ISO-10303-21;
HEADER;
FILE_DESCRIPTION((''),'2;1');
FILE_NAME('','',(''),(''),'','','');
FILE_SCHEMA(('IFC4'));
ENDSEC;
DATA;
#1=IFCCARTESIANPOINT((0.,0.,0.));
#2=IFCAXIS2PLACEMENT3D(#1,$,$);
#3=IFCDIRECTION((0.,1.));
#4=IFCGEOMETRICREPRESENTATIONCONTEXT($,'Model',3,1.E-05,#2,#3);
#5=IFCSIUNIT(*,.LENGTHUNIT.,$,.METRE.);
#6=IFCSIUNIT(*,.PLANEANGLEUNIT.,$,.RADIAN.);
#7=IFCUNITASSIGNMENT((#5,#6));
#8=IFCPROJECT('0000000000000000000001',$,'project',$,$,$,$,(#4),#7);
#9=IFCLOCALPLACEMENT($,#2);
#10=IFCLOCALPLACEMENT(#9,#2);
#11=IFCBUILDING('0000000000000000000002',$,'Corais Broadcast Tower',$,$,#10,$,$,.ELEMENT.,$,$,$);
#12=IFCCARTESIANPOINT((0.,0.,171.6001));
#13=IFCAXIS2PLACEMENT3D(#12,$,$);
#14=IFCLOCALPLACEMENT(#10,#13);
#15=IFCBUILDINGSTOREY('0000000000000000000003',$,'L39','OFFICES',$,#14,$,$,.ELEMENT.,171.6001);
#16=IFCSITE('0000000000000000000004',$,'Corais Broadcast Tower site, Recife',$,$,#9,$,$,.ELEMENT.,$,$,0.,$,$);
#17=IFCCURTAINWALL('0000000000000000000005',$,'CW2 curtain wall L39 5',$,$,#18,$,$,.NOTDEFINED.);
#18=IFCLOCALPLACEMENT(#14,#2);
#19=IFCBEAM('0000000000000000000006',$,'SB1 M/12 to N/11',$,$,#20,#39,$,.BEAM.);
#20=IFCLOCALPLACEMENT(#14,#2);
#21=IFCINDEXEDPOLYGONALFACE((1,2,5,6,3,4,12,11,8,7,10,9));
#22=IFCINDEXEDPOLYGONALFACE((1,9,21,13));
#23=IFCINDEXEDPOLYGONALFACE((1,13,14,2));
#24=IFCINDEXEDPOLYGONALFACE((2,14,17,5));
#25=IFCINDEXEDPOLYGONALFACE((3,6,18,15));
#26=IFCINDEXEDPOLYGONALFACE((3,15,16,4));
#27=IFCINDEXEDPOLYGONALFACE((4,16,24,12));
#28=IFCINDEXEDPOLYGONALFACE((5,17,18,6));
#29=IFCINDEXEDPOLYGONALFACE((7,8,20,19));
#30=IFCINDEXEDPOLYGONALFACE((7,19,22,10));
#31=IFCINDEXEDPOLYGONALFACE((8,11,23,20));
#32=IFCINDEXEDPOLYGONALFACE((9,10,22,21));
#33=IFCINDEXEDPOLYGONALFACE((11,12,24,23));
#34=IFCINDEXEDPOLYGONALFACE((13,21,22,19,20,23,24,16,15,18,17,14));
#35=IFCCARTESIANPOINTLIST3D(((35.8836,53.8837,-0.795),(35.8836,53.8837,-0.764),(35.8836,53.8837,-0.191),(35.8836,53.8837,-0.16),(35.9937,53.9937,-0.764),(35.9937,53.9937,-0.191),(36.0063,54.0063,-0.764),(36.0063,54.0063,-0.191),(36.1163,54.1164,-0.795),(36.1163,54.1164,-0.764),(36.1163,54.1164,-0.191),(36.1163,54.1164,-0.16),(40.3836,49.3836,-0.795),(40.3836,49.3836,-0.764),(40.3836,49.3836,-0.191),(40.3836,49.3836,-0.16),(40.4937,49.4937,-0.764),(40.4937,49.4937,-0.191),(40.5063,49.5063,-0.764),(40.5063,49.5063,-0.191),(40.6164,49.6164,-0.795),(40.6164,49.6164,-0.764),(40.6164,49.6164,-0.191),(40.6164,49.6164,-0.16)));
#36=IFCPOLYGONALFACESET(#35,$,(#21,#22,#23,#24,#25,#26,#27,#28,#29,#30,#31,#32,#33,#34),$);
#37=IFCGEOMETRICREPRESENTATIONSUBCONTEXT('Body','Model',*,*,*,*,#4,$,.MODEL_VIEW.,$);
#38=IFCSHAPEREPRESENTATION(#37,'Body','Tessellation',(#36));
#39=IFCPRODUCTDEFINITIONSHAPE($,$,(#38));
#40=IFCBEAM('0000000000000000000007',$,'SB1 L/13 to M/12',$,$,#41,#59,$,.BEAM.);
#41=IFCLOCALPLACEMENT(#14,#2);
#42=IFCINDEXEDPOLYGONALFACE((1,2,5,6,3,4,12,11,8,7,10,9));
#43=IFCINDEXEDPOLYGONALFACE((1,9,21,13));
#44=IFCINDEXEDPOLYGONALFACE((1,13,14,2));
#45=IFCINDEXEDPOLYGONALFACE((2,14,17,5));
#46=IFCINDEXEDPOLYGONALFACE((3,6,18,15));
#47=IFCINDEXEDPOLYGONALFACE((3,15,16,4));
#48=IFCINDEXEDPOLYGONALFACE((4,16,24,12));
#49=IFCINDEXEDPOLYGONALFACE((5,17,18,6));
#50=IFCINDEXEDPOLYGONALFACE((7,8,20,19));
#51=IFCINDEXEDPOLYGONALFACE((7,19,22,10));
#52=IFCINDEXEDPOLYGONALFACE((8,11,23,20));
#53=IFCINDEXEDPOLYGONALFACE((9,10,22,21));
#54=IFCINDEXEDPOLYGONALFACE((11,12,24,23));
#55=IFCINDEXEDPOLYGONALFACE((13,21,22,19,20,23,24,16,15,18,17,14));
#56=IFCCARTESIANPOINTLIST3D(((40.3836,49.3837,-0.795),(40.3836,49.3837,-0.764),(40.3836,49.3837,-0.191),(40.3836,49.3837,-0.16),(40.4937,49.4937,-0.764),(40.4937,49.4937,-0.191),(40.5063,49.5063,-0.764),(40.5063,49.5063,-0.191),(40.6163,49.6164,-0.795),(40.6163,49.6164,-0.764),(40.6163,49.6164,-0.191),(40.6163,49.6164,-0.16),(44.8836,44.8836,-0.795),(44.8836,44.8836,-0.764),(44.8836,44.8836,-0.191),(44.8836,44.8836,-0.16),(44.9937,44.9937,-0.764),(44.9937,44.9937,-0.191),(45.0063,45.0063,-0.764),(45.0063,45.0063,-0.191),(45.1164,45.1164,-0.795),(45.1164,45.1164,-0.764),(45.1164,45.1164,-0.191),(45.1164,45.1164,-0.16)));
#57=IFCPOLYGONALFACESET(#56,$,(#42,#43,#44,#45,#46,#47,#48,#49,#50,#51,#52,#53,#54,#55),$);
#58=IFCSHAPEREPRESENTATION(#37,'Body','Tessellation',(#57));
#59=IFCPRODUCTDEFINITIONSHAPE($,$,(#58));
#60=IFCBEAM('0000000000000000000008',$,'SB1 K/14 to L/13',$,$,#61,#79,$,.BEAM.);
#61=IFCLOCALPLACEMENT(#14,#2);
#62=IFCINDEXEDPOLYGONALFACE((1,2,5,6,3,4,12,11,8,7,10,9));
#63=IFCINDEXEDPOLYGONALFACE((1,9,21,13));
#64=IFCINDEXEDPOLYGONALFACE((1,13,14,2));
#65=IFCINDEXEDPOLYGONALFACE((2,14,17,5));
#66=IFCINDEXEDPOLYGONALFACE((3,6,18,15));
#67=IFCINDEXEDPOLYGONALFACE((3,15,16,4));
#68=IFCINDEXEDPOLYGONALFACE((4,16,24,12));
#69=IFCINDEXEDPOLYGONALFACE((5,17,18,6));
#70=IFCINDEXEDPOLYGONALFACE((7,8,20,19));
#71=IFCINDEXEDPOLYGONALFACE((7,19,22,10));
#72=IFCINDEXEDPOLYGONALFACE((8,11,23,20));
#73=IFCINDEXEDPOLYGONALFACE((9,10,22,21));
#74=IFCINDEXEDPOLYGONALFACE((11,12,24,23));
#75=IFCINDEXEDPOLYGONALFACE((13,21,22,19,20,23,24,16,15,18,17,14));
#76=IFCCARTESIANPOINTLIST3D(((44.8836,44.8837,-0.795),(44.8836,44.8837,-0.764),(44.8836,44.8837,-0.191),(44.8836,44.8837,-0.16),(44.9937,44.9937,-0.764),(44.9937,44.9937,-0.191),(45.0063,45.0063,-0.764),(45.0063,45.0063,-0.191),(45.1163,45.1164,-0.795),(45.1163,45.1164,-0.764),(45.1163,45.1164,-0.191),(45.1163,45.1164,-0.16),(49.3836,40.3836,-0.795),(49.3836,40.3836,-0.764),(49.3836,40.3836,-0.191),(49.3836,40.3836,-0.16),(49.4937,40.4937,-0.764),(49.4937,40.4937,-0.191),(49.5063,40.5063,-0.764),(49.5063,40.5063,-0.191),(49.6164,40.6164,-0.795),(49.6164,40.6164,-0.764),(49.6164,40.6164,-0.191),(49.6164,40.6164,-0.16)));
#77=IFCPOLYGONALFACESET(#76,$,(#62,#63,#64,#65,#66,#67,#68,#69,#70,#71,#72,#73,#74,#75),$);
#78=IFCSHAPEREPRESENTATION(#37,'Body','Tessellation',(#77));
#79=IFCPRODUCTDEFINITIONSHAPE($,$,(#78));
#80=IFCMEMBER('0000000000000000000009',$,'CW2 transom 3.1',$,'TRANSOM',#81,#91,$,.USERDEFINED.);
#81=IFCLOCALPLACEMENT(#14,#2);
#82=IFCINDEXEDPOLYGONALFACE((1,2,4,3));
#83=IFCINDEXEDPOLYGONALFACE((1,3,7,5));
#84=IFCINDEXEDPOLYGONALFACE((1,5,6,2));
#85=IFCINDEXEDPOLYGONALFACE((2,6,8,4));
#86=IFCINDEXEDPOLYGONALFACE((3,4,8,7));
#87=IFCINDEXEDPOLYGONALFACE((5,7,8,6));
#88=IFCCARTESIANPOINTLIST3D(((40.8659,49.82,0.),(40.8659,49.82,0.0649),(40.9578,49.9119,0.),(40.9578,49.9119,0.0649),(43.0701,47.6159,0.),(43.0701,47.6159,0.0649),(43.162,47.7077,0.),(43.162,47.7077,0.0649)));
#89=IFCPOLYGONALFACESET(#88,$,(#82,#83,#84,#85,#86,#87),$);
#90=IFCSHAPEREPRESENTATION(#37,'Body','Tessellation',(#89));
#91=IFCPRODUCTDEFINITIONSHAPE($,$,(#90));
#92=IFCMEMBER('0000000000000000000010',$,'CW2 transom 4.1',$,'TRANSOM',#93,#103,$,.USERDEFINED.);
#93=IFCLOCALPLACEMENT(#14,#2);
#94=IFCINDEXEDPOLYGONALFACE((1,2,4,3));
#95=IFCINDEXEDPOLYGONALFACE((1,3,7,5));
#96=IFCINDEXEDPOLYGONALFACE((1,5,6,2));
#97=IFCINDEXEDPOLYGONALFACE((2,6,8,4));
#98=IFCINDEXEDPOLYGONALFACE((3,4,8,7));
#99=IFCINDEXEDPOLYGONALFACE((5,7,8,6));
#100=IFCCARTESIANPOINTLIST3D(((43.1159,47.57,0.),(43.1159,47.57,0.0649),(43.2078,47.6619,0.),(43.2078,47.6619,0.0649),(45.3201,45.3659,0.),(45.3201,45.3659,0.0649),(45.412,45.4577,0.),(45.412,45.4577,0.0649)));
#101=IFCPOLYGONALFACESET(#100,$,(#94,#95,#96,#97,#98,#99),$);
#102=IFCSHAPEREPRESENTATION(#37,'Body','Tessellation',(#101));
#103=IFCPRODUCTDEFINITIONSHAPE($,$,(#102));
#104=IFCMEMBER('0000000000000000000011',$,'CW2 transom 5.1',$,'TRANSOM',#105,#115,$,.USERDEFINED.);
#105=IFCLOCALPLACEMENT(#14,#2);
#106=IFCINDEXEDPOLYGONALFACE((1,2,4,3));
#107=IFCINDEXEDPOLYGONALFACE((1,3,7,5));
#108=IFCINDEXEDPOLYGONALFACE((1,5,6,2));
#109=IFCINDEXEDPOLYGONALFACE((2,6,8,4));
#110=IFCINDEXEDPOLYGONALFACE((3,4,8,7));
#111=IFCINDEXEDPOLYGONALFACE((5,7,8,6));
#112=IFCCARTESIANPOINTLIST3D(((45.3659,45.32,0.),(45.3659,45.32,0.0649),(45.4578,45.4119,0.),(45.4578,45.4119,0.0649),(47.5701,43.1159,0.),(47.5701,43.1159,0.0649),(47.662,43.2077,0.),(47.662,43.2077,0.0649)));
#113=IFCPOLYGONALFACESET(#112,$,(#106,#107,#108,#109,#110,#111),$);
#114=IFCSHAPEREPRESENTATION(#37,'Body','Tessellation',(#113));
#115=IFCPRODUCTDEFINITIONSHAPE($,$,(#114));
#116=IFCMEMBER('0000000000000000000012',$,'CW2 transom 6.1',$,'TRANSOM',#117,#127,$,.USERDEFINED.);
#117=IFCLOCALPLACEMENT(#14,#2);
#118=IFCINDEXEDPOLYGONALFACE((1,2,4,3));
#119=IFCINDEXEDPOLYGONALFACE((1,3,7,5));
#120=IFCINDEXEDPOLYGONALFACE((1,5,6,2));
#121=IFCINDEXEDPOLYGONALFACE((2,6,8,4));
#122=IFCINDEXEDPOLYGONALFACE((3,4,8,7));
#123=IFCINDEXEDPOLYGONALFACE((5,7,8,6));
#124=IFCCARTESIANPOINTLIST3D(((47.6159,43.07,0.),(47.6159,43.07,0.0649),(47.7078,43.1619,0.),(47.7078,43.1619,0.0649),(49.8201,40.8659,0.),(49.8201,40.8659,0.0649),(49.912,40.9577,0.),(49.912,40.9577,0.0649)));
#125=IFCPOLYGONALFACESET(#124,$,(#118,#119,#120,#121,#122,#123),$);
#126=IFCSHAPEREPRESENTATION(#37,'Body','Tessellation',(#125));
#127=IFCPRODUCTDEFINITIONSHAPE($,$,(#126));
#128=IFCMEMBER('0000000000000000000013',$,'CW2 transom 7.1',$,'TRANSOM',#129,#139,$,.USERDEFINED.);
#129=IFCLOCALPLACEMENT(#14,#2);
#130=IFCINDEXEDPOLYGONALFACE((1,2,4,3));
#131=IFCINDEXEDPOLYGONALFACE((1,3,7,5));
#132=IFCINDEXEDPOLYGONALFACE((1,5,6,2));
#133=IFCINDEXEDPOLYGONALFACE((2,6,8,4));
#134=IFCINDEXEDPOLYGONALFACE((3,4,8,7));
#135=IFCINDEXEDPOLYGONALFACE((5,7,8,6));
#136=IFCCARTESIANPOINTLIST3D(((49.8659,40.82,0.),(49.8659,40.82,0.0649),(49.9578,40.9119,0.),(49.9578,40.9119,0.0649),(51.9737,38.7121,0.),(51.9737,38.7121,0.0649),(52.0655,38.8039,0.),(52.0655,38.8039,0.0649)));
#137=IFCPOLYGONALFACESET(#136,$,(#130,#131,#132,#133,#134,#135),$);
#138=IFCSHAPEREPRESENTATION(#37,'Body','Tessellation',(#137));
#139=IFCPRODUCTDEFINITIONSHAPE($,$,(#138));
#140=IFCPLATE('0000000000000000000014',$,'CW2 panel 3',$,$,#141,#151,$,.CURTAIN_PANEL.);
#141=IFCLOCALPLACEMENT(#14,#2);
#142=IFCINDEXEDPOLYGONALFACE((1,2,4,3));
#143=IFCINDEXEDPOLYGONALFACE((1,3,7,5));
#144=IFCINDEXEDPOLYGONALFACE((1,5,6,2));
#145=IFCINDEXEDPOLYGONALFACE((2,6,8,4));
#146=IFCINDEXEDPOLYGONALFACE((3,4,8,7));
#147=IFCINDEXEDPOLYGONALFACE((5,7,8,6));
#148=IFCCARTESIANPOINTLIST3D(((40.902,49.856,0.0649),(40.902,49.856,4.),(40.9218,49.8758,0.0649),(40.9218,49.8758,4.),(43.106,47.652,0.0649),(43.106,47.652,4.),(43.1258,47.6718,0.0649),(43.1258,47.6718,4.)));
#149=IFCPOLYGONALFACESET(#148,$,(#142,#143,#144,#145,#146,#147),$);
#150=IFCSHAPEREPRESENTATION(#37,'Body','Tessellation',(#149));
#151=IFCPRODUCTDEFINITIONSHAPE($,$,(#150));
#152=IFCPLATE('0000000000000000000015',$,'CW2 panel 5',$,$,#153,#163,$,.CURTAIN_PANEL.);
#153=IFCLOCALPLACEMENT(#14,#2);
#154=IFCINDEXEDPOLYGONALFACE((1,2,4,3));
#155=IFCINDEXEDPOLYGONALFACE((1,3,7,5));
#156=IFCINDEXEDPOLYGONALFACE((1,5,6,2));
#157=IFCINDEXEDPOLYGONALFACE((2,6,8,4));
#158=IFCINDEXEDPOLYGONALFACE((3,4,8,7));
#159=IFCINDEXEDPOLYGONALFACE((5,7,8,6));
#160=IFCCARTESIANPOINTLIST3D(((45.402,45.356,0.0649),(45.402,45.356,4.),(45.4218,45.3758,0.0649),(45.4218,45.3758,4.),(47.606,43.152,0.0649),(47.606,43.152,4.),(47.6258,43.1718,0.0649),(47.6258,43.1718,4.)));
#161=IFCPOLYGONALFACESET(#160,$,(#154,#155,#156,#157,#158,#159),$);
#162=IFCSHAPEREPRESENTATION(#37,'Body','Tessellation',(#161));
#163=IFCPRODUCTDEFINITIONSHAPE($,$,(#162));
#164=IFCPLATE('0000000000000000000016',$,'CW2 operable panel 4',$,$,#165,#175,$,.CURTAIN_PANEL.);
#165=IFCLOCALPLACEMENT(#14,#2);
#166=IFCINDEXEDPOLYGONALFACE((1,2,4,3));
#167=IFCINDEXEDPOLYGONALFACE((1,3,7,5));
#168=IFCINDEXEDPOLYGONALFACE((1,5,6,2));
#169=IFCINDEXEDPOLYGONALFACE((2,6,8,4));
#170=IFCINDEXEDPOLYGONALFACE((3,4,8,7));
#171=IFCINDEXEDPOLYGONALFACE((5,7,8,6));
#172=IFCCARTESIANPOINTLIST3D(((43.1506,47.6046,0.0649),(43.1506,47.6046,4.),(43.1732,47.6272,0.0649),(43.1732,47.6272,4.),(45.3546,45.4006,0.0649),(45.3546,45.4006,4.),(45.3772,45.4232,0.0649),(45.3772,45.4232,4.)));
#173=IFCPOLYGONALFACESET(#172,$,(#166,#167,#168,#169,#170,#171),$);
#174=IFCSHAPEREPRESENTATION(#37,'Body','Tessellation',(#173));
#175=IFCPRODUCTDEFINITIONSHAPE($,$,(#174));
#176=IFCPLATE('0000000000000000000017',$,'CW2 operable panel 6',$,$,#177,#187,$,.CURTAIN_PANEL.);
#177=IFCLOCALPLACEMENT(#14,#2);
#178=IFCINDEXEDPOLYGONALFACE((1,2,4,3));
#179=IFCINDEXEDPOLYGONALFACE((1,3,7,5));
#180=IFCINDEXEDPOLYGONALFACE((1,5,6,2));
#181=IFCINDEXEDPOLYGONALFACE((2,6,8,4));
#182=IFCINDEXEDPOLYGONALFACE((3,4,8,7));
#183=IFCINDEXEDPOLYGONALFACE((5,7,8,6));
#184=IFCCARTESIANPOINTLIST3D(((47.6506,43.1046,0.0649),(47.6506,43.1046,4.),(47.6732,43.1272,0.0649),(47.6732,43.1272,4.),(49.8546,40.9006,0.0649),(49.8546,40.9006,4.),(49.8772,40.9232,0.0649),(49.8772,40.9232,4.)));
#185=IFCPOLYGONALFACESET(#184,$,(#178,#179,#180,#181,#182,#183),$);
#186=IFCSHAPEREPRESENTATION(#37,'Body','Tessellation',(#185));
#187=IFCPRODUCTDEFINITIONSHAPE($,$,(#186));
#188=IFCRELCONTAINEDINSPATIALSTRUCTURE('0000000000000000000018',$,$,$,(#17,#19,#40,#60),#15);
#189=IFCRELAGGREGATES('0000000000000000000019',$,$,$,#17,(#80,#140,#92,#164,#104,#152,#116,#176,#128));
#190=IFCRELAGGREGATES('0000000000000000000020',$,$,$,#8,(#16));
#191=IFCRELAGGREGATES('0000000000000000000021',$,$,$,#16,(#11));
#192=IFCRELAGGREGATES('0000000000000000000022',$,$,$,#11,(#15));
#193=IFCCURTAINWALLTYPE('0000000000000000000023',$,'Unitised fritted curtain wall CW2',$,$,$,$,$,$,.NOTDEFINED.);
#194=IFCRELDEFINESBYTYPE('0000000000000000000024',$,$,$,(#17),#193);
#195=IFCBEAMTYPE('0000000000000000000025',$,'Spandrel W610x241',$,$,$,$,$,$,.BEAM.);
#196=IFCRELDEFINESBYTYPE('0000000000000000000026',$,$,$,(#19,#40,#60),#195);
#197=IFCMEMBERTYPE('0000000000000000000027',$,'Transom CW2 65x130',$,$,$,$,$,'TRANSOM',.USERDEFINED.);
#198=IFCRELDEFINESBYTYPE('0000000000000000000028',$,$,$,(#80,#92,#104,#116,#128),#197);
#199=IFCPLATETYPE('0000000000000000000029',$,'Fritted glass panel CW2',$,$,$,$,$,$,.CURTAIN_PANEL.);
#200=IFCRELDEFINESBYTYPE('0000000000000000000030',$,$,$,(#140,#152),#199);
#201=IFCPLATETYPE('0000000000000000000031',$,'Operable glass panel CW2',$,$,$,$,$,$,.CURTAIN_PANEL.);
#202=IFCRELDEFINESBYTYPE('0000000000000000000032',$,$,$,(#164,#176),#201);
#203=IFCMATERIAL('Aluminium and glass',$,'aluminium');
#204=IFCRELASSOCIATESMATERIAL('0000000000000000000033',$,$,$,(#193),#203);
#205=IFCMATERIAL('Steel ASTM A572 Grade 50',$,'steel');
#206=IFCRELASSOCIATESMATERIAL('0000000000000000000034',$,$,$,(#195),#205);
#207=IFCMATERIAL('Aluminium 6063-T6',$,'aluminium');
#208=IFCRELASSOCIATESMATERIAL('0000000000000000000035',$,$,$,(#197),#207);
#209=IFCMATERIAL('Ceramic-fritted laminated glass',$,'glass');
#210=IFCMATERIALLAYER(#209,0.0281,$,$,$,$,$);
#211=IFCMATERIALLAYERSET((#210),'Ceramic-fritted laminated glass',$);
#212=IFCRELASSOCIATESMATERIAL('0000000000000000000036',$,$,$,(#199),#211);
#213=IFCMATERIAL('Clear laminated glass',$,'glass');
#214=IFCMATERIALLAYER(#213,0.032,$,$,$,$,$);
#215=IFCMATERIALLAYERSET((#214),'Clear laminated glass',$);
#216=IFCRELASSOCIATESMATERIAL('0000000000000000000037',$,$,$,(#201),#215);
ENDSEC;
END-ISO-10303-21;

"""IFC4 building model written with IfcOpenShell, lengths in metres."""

from ifc_helpers import new_model, si_unit, direction, frame, origin, origin_2d, place, context, subcontext, project, spatial, rectangle, i_section, extrude, material, layer, layer_set, material_profile, profile_set, type_object, element, aggregate, save


model = new_model("IFC4")

# Units and contexts
model_context = context("Model", 3, precision=1e-05, world=origin(), true_north=direction((0.0, 1.0)))
body_context = subcontext(model_context, "Body", "Model", "MODEL_VIEW")
ifc_project = project(units=[si_unit("LENGTHUNIT", "METRE"), si_unit("PLANEANGLEUNIT", "RADIAN")], contexts=[model_context])

# Site, building, storey
site_placement = place(None, origin())
site = spatial("IfcSite", under=ifc_project, at=site_placement, Name="Corais Broadcast Tower site, Recife", CompositionType="ELEMENT", RefElevation=0.0)
building_placement = place(site_placement, origin())
building = spatial("IfcBuilding", under=site, at=building_placement, Name="Corais Broadcast Tower", CompositionType="ELEMENT")
storey_placement = place(building_placement, frame((0.0, 0.0, 171.6001)))
storey = spatial("IfcBuildingStorey", under=building, at=storey_placement, Name="L39", Description="OFFICES", CompositionType="ELEMENT", Elevation=171.6001)

# Curtain wall
ifc_material_1 = material(Name="Aluminium and glass", Category="aluminium")
curtain_wall_type = type_object("IfcCurtainWallType", Name="Unitised fritted curtain wall CW2", PredefinedType="NOTDEFINED", material=ifc_material_1)
curtain_wall_placement = place(storey_placement, origin())
curtain_wall = element("IfcCurtainWall", 1, at=curtain_wall_placement, inside=storey, type_object=curtain_wall_type, Name="CW2 curtain wall L39 5", PredefinedType="NOTDEFINED")

# Beams
ifc_material_2 = material(Name="Steel ASTM A572 Grade 50", Category="steel")
ifc_material_profile_1 = material_profile(ifc_material_2, i_section(OverallWidth=0.3291, OverallDepth=0.635, WebThickness=0.0178, FlangeThickness=0.031, at=origin_2d()), Name="W610x241")
ifc_profile_set_1 = profile_set([ifc_material_profile_1], Name="Steel ASTM A572 Grade 50")
beam_type_1 = type_object("IfcBeamType", Name="Spandrel W610x241", PredefinedType="BEAM", material=ifc_profile_set_1)
for number, where, z_axis, x_axis, name in (
    (2, (40.5, 49.5, -0.4775), (-0.707107, 0.707107, 0.0), (-0.707107, -0.707107, 0.0), "SB1 M/12 to N/11"),
    (3, (45.0, 45.0, -0.4775), (-0.707107, 0.707107, 0.0), (-0.707107, -0.707107, 0.0), "SB1 L/13 to M/12"),
    (4, (49.5, 40.5, -0.4775), (-0.707107, 0.707107, 0.0), (-0.707107, -0.707107, 0.0), "SB1 K/14 to L/13"),
):
    element("IfcBeam", number, at=place(storey_placement, frame(where, z_axis=z_axis, x_axis=x_axis)), inside=storey, type_object=beam_type_1, Name=name, PredefinedType="BEAM", context=body_context, shape_type="SweptSolid", body=[
        extrude(i_section(OverallWidth=0.3291, OverallDepth=0.635, WebThickness=0.0178, FlangeThickness=0.031, at=origin_2d()), origin(), (0.0, 0.0, 1.0), 6.364),
    ])

# Members
ifc_material_3 = material(Name="Aluminium 6063-T6", Category="aluminium")
ifc_material_profile_2 = material_profile(ifc_material_3, rectangle(XDim=0.1299, YDim=0.0649, at=origin_2d()), Name="Transom CW2 65x130")
ifc_profile_set_2 = profile_set([ifc_material_profile_2], Name="Aluminium 6063-T6")
member_type_1 = type_object("IfcMemberType", Name="Transom CW2 65x130", ElementType="TRANSOM", PredefinedType="USERDEFINED", material=ifc_profile_set_2)
member_1_placement = place(storey_placement, frame((40.9119, 49.866, 0.0325), z_axis=(0.707107, -0.707107, 0.0), x_axis=(0.707107, 0.707107, 0.0)))
member_1 = element("IfcMember", 5, at=member_1_placement, type_object=member_type_1, Name="CW2 transom 3.1", ObjectType="TRANSOM", PredefinedType="USERDEFINED", context=body_context, shape_type="SweptSolid", body=[
    extrude(rectangle(XDim=0.1299, YDim=0.0649, at=origin_2d()), origin(), (0.0, 0.0, 1.0), 3.1172),
])
member_2_placement = place(storey_placement, frame((43.1619, 47.616, 0.0325), z_axis=(0.707107, -0.707107, 0.0), x_axis=(0.707107, 0.707107, 0.0)))
member_2 = element("IfcMember", 6, at=member_2_placement, type_object=member_type_1, Name="CW2 transom 4.1", ObjectType="TRANSOM", PredefinedType="USERDEFINED", context=body_context, shape_type="SweptSolid", body=[
    extrude(rectangle(XDim=0.1299, YDim=0.0649, at=origin_2d()), origin(), (0.0, 0.0, 1.0), 3.1172),
])
member_3_placement = place(storey_placement, frame((45.4119, 45.366, 0.0325), z_axis=(0.707107, -0.707107, 0.0), x_axis=(0.707107, 0.707107, 0.0)))
member_3 = element("IfcMember", 7, at=member_3_placement, type_object=member_type_1, Name="CW2 transom 5.1", ObjectType="TRANSOM", PredefinedType="USERDEFINED", context=body_context, shape_type="SweptSolid", body=[
    extrude(rectangle(XDim=0.1299, YDim=0.0649, at=origin_2d()), origin(), (0.0, 0.0, 1.0), 3.1172),
])
member_4_placement = place(storey_placement, frame((47.6619, 43.116, 0.0325), z_axis=(0.707107, -0.707107, 0.0), x_axis=(0.707107, 0.707107, 0.0)))
member_4 = element("IfcMember", 8, at=member_4_placement, type_object=member_type_1, Name="CW2 transom 6.1", ObjectType="TRANSOM", PredefinedType="USERDEFINED", context=body_context, shape_type="SweptSolid", body=[
    extrude(rectangle(XDim=0.1299, YDim=0.0649, at=origin_2d()), origin(), (0.0, 0.0, 1.0), 3.1172),
])
member_5_placement = place(storey_placement, frame((49.9119, 40.866, 0.0325), z_axis=(0.707066, -0.707148, 0.0), x_axis=(0.707148, 0.707066, 0.0)))
member_5 = element("IfcMember", 9, at=member_5_placement, type_object=member_type_1, Name="CW2 transom 7.1", ObjectType="TRANSOM", PredefinedType="USERDEFINED", context=body_context, shape_type="SweptSolid", body=[
    extrude(rectangle(XDim=0.1299, YDim=0.0649, at=origin_2d()), origin(), (0.0, 0.0, 1.0), 2.981),
])

# Plates
ifc_material_4 = material(Name="Ceramic-fritted laminated glass", Category="glass")
ifc_layer_1 = layer(ifc_material_4, 0.0281)
ifc_layer_set_1 = layer_set([ifc_layer_1], Name="Ceramic-fritted laminated glass")
plate_type_1 = type_object("IfcPlateType", Name="Fritted glass panel CW2", PredefinedType="CURTAIN_PANEL", material=ifc_layer_set_1)
plate_1_placement = place(storey_placement, frame((42.0139, 48.7639, 0.0649), z_axis=(0.0, 0.0, 1.0), x_axis=(0.707107, -0.707107, 0.0)))
plate_1 = element("IfcPlate", 10, at=plate_1_placement, type_object=plate_type_1, Name="CW2 panel 3", PredefinedType="CURTAIN_PANEL", context=body_context, shape_type="SweptSolid", body=[
    extrude(rectangle(XDim=3.1169, YDim=0.0281, at=origin_2d()), origin(), (0.0, 0.0, 1.0), 3.9351),
])
plate_2_placement = place(storey_placement, frame((46.5139, 44.2639, 0.0649), z_axis=(0.0, 0.0, 1.0), x_axis=(0.707107, -0.707107, 0.0)))
plate_2 = element("IfcPlate", 11, at=plate_2_placement, type_object=plate_type_1, Name="CW2 panel 5", PredefinedType="CURTAIN_PANEL", context=body_context, shape_type="SweptSolid", body=[
    extrude(rectangle(XDim=3.1169, YDim=0.0281, at=origin_2d()), origin(), (0.0, 0.0, 1.0), 3.9351),
])
ifc_material_5 = material(Name="Clear laminated glass", Category="glass")
ifc_layer_2 = layer(ifc_material_5, 0.032)
ifc_layer_set_2 = layer_set([ifc_layer_2], Name="Clear laminated glass")
plate_type_2 = type_object("IfcPlateType", Name="Operable glass panel CW2", PredefinedType="CURTAIN_PANEL", material=ifc_layer_set_2)
plate_3_placement = place(storey_placement, frame((44.2639, 46.5139, 0.0649), z_axis=(0.0, 0.0, 1.0), x_axis=(0.707107, -0.707107, 0.0)))
plate_3 = element("IfcPlate", 12, at=plate_3_placement, type_object=plate_type_2, Name="CW2 operable panel 4", PredefinedType="CURTAIN_PANEL", context=body_context, shape_type="SweptSolid", body=[
    extrude(rectangle(XDim=3.1169, YDim=0.032, at=origin_2d()), origin(), (0.0, 0.0, 1.0), 3.9351),
])
plate_4_placement = place(storey_placement, frame((48.7639, 42.0139, 0.0649), z_axis=(0.0, 0.0, 1.0), x_axis=(0.707107, -0.707107, 0.0)))
plate_4 = element("IfcPlate", 13, at=plate_4_placement, type_object=plate_type_2, Name="CW2 operable panel 6", PredefinedType="CURTAIN_PANEL", context=body_context, shape_type="SweptSolid", body=[
    extrude(rectangle(XDim=3.1169, YDim=0.032, at=origin_2d()), origin(), (0.0, 0.0, 1.0), 3.9351),
])
aggregate(curtain_wall, [member_1, plate_1, member_2, plate_3, member_3, plate_2, member_4, plate_4, member_5])

save(model, "model.ifc")
